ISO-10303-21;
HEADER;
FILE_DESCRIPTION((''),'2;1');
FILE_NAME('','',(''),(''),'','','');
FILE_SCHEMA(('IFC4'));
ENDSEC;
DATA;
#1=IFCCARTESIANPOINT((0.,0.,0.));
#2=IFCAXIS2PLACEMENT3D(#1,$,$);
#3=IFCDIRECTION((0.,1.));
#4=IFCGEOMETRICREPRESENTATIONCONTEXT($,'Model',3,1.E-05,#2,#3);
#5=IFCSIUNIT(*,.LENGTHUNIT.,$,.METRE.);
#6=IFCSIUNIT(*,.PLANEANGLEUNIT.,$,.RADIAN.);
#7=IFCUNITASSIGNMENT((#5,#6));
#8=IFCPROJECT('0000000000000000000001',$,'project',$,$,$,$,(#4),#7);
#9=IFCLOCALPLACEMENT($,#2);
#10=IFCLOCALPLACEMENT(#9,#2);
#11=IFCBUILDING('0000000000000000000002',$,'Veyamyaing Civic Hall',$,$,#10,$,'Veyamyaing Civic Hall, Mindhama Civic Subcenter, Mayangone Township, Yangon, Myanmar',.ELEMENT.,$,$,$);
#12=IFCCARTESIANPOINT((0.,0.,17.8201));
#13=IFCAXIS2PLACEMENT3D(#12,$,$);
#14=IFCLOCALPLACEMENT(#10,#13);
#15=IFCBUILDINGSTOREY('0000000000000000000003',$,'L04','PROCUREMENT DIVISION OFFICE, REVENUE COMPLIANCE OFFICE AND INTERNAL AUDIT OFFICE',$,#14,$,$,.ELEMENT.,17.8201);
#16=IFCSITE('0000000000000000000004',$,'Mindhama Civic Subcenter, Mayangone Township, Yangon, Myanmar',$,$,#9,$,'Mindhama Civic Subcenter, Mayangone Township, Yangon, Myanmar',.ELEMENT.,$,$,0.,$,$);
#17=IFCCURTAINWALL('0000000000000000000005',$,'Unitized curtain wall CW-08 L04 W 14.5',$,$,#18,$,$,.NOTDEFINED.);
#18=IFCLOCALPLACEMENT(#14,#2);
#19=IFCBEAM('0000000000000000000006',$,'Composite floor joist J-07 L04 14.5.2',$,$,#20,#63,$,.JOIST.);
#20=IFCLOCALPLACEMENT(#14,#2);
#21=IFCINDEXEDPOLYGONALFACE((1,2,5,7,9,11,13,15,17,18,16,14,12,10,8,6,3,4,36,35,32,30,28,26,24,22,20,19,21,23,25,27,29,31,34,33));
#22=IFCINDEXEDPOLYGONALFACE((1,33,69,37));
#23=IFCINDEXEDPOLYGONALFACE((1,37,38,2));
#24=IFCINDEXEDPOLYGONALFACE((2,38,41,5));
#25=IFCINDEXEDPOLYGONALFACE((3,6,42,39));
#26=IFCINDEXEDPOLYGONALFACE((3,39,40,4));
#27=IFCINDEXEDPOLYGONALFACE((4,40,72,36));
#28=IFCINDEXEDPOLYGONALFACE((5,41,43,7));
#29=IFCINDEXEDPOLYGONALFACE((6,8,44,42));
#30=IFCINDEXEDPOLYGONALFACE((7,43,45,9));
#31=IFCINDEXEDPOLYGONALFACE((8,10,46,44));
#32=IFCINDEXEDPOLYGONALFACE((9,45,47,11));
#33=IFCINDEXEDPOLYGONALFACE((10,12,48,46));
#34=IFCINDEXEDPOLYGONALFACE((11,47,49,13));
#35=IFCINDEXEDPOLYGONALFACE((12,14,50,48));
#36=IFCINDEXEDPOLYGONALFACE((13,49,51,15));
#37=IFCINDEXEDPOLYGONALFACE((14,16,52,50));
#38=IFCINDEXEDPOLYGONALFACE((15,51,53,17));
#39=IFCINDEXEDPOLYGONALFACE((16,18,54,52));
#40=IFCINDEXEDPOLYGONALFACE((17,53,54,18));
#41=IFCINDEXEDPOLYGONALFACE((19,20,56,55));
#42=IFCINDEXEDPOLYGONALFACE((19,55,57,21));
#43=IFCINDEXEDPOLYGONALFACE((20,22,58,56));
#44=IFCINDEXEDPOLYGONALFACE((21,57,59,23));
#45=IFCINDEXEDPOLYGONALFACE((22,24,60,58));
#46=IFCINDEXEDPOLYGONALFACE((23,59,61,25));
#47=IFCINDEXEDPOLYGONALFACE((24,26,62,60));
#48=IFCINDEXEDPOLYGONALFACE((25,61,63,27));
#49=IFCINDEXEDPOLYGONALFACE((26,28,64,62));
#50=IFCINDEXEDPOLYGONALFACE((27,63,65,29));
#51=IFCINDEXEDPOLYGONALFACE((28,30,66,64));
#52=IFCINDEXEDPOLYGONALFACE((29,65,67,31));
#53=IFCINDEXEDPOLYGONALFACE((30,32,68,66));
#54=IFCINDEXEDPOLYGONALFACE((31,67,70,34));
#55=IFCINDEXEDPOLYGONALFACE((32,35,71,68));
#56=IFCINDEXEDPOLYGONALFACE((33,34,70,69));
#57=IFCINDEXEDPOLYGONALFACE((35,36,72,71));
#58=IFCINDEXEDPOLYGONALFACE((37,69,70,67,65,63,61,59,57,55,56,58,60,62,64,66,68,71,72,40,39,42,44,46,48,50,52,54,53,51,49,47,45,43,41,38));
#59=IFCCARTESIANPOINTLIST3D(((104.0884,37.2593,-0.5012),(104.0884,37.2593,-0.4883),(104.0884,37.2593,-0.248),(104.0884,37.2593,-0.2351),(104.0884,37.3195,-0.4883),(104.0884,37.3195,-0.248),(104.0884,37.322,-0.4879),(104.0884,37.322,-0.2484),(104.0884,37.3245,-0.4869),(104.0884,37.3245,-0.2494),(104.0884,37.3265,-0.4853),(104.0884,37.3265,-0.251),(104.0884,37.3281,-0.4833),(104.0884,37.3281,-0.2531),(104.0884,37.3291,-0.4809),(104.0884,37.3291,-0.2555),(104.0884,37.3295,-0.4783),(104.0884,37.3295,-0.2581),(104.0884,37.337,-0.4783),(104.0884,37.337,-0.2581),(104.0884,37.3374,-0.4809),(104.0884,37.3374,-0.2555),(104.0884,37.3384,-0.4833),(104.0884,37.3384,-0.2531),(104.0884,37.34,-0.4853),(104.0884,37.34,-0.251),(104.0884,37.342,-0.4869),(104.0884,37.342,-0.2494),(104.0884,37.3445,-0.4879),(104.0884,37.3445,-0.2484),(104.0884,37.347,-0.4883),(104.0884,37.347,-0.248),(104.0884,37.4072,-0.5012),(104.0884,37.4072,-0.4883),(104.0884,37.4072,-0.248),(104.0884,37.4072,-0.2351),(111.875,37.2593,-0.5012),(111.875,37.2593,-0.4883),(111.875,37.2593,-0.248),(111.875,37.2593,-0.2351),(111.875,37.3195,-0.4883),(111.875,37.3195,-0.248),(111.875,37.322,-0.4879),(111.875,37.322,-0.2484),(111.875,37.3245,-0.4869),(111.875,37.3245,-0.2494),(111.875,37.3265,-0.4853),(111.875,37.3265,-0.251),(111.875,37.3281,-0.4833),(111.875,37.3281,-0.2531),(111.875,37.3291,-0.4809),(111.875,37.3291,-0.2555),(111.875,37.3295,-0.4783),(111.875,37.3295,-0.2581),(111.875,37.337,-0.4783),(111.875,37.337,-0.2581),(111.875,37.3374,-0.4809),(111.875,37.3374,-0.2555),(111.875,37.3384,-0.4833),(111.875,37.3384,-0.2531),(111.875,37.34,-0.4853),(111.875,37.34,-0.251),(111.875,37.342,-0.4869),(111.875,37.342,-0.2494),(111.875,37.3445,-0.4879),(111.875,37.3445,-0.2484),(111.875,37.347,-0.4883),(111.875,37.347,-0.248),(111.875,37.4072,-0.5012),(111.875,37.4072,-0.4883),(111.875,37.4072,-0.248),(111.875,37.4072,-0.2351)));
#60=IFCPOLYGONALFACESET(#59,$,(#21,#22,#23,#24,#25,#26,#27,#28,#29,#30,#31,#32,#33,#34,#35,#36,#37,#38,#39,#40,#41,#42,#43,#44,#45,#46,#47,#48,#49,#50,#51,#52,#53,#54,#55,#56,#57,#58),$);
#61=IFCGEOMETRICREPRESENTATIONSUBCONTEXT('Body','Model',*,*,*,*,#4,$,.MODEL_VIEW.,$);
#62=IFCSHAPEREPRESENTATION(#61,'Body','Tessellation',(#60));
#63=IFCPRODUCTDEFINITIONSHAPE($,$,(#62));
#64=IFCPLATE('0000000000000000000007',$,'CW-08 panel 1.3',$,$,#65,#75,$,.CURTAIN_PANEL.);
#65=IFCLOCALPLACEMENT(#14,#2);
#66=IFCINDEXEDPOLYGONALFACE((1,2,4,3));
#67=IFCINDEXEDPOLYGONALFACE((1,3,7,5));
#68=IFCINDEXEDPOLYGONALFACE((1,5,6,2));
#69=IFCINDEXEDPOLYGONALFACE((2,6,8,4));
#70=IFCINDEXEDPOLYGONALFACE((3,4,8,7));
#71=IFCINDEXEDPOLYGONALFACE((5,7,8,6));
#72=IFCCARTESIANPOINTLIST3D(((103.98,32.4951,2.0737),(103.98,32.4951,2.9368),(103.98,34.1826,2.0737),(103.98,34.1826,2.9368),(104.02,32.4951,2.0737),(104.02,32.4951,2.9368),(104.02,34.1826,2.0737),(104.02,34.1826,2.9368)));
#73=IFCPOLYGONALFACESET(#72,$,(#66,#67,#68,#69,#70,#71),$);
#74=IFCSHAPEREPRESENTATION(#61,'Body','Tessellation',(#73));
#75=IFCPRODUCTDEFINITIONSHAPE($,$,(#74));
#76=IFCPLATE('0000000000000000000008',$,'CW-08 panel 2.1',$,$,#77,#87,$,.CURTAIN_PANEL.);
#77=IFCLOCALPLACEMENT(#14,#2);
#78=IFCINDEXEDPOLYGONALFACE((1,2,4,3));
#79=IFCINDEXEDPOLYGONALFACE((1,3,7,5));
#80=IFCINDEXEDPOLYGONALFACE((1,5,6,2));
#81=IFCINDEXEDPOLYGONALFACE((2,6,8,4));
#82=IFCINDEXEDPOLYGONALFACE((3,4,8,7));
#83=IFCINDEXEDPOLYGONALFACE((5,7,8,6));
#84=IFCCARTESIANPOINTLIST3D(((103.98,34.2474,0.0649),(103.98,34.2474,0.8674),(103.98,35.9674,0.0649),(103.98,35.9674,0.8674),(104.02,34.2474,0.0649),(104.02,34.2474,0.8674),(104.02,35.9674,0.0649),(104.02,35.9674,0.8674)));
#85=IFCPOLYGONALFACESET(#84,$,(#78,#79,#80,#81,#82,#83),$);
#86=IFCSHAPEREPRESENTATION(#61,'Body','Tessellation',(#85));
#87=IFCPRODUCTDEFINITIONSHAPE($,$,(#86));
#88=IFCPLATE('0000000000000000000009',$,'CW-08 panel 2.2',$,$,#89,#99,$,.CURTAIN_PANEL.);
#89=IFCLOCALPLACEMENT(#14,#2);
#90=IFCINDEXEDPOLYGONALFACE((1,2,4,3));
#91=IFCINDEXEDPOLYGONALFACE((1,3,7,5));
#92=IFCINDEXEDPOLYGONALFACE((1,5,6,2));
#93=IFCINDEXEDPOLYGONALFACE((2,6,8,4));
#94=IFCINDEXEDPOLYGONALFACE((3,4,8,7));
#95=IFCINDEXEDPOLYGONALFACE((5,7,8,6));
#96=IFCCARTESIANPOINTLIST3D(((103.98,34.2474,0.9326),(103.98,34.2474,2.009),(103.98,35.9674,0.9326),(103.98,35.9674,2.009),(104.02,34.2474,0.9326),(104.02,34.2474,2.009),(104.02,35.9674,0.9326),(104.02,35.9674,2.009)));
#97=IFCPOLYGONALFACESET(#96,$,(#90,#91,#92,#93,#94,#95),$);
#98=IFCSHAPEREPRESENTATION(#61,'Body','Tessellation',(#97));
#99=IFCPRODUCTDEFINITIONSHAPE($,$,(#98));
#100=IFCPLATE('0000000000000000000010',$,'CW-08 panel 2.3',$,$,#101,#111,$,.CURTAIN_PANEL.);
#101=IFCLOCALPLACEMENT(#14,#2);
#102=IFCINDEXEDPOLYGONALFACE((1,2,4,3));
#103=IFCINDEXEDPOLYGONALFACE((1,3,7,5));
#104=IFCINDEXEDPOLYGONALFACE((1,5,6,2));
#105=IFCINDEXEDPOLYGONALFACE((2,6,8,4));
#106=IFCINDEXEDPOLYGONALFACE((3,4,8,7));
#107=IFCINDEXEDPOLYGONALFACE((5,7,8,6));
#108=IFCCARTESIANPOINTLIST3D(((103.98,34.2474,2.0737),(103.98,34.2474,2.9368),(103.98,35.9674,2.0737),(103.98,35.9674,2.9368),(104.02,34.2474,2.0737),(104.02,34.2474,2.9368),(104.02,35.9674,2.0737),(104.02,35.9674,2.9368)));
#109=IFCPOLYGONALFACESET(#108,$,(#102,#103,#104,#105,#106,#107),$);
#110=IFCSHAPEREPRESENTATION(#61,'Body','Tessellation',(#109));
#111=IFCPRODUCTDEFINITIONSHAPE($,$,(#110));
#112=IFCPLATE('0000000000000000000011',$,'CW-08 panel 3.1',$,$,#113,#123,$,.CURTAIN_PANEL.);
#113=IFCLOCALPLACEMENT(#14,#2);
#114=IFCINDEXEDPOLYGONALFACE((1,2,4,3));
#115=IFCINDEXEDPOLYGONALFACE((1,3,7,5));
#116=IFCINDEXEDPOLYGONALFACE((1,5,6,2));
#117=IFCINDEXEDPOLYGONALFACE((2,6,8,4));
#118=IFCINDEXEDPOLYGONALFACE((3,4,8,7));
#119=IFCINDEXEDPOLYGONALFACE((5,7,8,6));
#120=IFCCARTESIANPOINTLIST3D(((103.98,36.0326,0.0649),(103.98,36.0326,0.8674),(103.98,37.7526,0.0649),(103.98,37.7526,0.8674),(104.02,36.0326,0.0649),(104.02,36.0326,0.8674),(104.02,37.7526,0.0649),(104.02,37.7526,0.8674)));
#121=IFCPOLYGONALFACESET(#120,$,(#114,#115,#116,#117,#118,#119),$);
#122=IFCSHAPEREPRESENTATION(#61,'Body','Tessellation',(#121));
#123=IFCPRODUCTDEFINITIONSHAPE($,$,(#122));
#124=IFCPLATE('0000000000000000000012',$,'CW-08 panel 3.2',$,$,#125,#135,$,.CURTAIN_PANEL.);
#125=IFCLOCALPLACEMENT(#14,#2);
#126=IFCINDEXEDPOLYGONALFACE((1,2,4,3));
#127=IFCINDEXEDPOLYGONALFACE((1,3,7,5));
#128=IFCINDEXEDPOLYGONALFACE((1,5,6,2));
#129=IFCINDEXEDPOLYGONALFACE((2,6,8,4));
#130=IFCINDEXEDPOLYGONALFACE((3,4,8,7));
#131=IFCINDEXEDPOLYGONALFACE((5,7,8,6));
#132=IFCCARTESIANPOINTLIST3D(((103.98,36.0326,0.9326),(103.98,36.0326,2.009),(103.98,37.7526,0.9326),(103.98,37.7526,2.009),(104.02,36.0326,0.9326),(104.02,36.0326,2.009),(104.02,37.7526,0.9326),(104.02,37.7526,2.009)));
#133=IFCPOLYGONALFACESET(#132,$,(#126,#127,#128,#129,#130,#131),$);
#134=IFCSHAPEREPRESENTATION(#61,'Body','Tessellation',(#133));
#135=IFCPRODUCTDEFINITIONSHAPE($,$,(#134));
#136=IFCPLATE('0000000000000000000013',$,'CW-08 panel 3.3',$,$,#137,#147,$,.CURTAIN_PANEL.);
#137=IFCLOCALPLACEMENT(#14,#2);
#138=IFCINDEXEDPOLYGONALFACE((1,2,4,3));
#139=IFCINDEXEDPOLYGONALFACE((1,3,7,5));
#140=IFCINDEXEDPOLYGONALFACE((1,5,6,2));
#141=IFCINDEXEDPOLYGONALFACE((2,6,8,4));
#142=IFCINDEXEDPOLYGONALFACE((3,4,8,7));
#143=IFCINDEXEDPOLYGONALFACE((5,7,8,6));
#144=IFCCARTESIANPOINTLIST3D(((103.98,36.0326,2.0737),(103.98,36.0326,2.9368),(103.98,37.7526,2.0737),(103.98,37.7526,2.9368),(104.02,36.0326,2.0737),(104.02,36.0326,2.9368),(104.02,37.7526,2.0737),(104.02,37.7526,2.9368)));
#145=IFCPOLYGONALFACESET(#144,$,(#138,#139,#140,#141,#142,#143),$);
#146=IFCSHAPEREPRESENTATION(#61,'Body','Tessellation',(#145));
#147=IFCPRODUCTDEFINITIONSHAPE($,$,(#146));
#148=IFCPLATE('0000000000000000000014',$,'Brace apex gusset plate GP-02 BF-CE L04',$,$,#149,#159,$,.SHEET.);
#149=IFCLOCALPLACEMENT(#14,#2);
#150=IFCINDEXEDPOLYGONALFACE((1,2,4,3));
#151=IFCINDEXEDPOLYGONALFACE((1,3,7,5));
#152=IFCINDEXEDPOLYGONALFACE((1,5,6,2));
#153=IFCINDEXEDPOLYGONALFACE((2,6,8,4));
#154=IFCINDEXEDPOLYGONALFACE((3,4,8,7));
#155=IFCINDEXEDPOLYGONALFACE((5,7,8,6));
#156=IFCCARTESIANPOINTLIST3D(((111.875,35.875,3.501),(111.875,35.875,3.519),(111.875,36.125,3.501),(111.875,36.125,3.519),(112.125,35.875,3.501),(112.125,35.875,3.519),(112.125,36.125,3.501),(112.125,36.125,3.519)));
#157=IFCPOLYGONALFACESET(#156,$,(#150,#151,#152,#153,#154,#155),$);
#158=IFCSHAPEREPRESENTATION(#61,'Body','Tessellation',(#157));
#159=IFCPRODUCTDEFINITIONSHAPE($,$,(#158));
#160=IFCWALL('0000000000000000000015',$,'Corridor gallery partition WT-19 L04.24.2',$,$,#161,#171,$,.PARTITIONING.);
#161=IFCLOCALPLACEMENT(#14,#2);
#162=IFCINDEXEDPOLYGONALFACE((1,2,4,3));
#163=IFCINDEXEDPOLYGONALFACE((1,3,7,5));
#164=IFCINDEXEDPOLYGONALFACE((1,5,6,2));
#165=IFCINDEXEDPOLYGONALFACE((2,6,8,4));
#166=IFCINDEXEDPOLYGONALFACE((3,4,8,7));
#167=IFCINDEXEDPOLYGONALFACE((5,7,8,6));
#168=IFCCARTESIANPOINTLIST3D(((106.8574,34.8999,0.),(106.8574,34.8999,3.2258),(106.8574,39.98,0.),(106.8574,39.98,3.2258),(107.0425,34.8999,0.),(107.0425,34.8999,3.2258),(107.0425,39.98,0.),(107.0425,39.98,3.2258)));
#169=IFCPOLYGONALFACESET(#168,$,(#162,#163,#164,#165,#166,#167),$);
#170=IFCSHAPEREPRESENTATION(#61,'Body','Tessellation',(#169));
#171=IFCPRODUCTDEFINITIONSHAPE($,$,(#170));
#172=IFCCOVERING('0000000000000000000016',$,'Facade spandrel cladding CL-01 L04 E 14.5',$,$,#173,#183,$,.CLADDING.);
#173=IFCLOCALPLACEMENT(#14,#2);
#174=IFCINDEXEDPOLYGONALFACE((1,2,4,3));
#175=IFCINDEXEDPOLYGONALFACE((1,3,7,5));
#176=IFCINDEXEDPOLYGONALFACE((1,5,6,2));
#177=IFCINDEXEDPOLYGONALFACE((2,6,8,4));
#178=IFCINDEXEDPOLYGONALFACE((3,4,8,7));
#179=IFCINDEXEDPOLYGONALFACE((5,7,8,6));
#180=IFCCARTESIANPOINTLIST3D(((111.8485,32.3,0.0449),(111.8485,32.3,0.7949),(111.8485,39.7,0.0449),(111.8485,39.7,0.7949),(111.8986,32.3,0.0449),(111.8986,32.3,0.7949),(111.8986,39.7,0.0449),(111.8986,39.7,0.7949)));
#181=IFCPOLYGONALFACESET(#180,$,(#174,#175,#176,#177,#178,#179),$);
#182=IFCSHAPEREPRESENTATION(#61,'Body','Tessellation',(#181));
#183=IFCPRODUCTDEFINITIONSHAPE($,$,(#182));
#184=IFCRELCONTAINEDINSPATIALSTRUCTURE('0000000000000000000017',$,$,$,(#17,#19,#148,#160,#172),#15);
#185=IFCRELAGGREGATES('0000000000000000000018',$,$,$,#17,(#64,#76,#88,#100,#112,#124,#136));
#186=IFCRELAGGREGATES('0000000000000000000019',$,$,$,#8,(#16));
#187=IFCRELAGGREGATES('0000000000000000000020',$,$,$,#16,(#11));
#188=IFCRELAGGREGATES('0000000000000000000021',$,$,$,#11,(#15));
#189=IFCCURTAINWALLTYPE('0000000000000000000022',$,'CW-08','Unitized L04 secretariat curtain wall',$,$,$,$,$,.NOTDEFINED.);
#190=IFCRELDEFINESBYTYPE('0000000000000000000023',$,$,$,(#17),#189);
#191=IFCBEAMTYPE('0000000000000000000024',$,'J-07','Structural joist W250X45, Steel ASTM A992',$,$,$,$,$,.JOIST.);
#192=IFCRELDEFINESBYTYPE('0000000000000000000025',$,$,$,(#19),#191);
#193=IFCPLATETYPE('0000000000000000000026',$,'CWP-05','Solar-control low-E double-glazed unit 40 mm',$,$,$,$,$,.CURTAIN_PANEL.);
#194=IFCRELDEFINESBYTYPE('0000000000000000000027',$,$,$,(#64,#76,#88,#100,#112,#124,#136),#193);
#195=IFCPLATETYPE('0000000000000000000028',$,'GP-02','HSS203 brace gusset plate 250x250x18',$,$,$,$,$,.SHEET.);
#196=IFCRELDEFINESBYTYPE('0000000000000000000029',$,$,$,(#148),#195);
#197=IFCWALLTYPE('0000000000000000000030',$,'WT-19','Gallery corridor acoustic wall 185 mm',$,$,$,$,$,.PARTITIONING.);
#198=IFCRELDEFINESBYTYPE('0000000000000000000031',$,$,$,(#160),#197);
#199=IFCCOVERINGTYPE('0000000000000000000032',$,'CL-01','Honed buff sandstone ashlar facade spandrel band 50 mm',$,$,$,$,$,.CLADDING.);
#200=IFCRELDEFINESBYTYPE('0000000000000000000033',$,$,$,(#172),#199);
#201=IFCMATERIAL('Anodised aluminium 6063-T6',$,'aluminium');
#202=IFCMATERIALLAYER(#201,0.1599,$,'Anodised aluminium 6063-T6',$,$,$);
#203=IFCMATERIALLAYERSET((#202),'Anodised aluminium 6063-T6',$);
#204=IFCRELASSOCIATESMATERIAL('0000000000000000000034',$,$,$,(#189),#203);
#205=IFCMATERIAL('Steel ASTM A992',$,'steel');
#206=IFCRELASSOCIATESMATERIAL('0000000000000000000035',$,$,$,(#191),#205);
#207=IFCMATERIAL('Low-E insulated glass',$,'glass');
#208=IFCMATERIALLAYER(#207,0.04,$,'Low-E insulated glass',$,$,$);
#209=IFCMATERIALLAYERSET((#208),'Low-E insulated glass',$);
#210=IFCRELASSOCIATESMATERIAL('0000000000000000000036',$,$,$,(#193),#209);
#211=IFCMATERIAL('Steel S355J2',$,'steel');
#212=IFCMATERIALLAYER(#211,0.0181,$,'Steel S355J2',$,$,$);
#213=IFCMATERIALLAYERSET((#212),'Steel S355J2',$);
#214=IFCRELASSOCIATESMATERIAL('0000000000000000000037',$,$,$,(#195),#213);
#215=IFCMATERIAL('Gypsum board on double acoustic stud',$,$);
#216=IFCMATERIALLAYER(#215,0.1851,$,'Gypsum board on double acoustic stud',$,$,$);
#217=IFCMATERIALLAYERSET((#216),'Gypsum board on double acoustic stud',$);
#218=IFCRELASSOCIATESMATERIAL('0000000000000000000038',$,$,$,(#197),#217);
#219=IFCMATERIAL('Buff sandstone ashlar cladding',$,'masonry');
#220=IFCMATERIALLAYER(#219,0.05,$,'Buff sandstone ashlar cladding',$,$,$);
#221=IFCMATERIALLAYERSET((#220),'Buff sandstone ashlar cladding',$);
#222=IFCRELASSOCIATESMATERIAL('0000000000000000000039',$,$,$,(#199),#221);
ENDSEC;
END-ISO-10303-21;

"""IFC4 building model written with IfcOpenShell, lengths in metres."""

from ifc_helpers import new_model, si_unit, direction, frame, frame_2d, origin, origin_2d, place, context, subcontext, project, spatial, rectangle, i_section, extrude, material, layer, layer_set, material_profile, profile_set, type_object, element, aggregate, save


model = new_model("IFC4")

# Units and contexts
model_context = context("Model", 3, precision=1e-05, world=origin(), true_north=direction((0.0, 1.0)))
body_context = subcontext(model_context, "Body", "Model", "MODEL_VIEW")
ifc_project = project(units=[si_unit("LENGTHUNIT", "METRE"), si_unit("PLANEANGLEUNIT", "RADIAN")], contexts=[model_context])

# Site, building, storey
site_placement = place(None, origin())
site = spatial("IfcSite", under=ifc_project, at=site_placement, Name="Mindhama Civic Subcenter, Mayangone Township, Yangon, Myanmar", LongName="Mindhama Civic Subcenter, Mayangone Township, Yangon, Myanmar", CompositionType="ELEMENT", RefElevation=0.0)
building_placement = place(site_placement, origin())
building = spatial("IfcBuilding", under=site, at=building_placement, Name="Veyamyaing Civic Hall", LongName="Veyamyaing Civic Hall, Mindhama Civic Subcenter, Mayangone Township, Yangon, Myanmar", CompositionType="ELEMENT")
storey_placement = place(building_placement, frame((0.0, 0.0, 17.8201)))
storey = spatial("IfcBuildingStorey", under=building, at=storey_placement, Name="L04", Description="PROCUREMENT DIVISION OFFICE, REVENUE COMPLIANCE OFFICE AND INTERNAL AUDIT OFFICE", CompositionType="ELEMENT", Elevation=17.8201)

# Curtain wall
ifc_material_1 = material(Name="Anodised aluminium 6063-T6", Category="aluminium")
ifc_layer_1 = layer(ifc_material_1, 0.1599, Name="Anodised aluminium 6063-T6")
ifc_layer_set_1 = layer_set([ifc_layer_1], Name="Anodised aluminium 6063-T6")
curtain_wall_type = type_object("IfcCurtainWallType", Name="CW-08", Description="Unitized L04 secretariat curtain wall", PredefinedType="NOTDEFINED", material=ifc_layer_set_1)
curtain_wall_placement = place(storey_placement, origin())
curtain_wall = element("IfcCurtainWall", 1, at=curtain_wall_placement, inside=storey, type_object=curtain_wall_type, Name="Unitized curtain wall CW-08 L04 W 14.5", PredefinedType="NOTDEFINED")

# Beam
ifc_material_2 = material(Name="Steel ASTM A992", Category="steel")
ifc_material_profile_1 = material_profile(ifc_material_2, i_section(OverallWidth=0.1479, OverallDepth=0.2661, WebThickness=0.0076, FlangeThickness=0.0129, FilletRadius=0.01, at=origin_2d()), Name="W250X45")
ifc_profile_set_1 = profile_set([ifc_material_profile_1], Name="Steel ASTM A992")
beam_type = type_object("IfcBeamType", Name="J-07", Description="Structural joist W250X45, Steel ASTM A992", PredefinedType="JOIST", material=ifc_profile_set_1)
for number, where, z_axis, x_axis, name in (
    (2, (104.0884, 37.3333, -0.3682), (1.0, 0.0, 0.0), (0.0, 1.0, 0.0), "Composite floor joist J-07 L04 14.5.2"),
):
    element("IfcBeam", number, at=place(storey_placement, frame(where, z_axis=z_axis, x_axis=x_axis)), inside=storey, type_object=beam_type, Name=name, PredefinedType="JOIST", context=body_context, shape_type="SweptSolid", body=[
        extrude(i_section(OverallWidth=0.1479, OverallDepth=0.2661, WebThickness=0.0076, FlangeThickness=0.0129, FilletRadius=0.01, at=origin_2d()), origin(), (0.0, 0.0, 1.0), 7.7866),
    ])

# Plates
ifc_material_3 = material(Name="Low-E insulated glass", Category="glass")
ifc_layer_2 = layer(ifc_material_3, 0.04, Name="Low-E insulated glass")
ifc_layer_set_2 = layer_set([ifc_layer_2], Name="Low-E insulated glass")
plate_type_1 = type_object("IfcPlateType", Name="CWP-05", Description="Solar-control low-E double-glazed unit 40 mm", PredefinedType="CURTAIN_PANEL", material=ifc_layer_set_2)
plate_1_placement = place(storey_placement, frame((104.0, 33.3389, 2.0737), z_axis=(0.0, 0.0, 1.0), x_axis=(0.0, 1.0, 0.0)))
plate_1 = element("IfcPlate", 3, at=plate_1_placement, type_object=plate_type_1, Name="CW-08 panel 1.3", PredefinedType="CURTAIN_PANEL", context=body_context, shape_type="SweptSolid", body=[
    extrude(rectangle(XDim=1.6875, YDim=0.04, at=origin_2d()), origin(), (0.0, 0.0, 1.0), 0.863),
])
plate_2_placement = place(storey_placement, frame((104.0, 35.1074, 0.0649), z_axis=(0.0, 0.0, 1.0), x_axis=(0.0, 1.0, 0.0)))
plate_2 = element("IfcPlate", 4, at=plate_2_placement, type_object=plate_type_1, Name="CW-08 panel 2.1", PredefinedType="CURTAIN_PANEL", context=body_context, shape_type="SweptSolid", body=[
    extrude(rectangle(XDim=1.72, YDim=0.04, at=origin_2d()), origin(), (0.0, 0.0, 1.0), 0.8025),
])
plate_3_placement = place(storey_placement, frame((104.0, 35.1074, 0.9326), z_axis=(0.0, 0.0, 1.0), x_axis=(0.0, 1.0, 0.0)))
plate_3 = element("IfcPlate", 5, at=plate_3_placement, type_object=plate_type_1, Name="CW-08 panel 2.2", PredefinedType="CURTAIN_PANEL", context=body_context, shape_type="SweptSolid", body=[
    extrude(rectangle(XDim=1.72, YDim=0.04, at=origin_2d()), origin(), (0.0, 0.0, 1.0), 1.0764),
])
plate_4_placement = place(storey_placement, frame((104.0, 35.1074, 2.0737), z_axis=(0.0, 0.0, 1.0), x_axis=(0.0, 1.0, 0.0)))
plate_4 = element("IfcPlate", 6, at=plate_4_placement, type_object=plate_type_1, Name="CW-08 panel 2.3", PredefinedType="CURTAIN_PANEL", context=body_context, shape_type="SweptSolid", body=[
    extrude(rectangle(XDim=1.72, YDim=0.04, at=origin_2d()), origin(), (0.0, 0.0, 1.0), 0.863),
])
plate_5_placement = place(storey_placement, frame((104.0, 36.8926, 0.0649), z_axis=(0.0, 0.0, 1.0), x_axis=(0.0, 1.0, 0.0)))
plate_5 = element("IfcPlate", 7, at=plate_5_placement, type_object=plate_type_1, Name="CW-08 panel 3.1", PredefinedType="CURTAIN_PANEL", context=body_context, shape_type="SweptSolid", body=[
    extrude(rectangle(XDim=1.72, YDim=0.04, at=origin_2d()), origin(), (0.0, 0.0, 1.0), 0.8025),
])
plate_6_placement = place(storey_placement, frame((104.0, 36.8926, 0.9326), z_axis=(0.0, 0.0, 1.0), x_axis=(0.0, 1.0, 0.0)))
plate_6 = element("IfcPlate", 8, at=plate_6_placement, type_object=plate_type_1, Name="CW-08 panel 3.2", PredefinedType="CURTAIN_PANEL", context=body_context, shape_type="SweptSolid", body=[
    extrude(rectangle(XDim=1.72, YDim=0.04, at=origin_2d()), origin(), (0.0, 0.0, 1.0), 1.0764),
])
plate_7_placement = place(storey_placement, frame((104.0, 36.8926, 2.0737), z_axis=(0.0, 0.0, 1.0), x_axis=(0.0, 1.0, 0.0)))
plate_7 = element("IfcPlate", 9, at=plate_7_placement, type_object=plate_type_1, Name="CW-08 panel 3.3", PredefinedType="CURTAIN_PANEL", context=body_context, shape_type="SweptSolid", body=[
    extrude(rectangle(XDim=1.72, YDim=0.04, at=origin_2d()), origin(), (0.0, 0.0, 1.0), 0.863),
])
aggregate(curtain_wall, [plate_1, plate_2, plate_3, plate_4, plate_5, plate_6, plate_7])
ifc_material_4 = material(Name="Steel S355J2", Category="steel")
ifc_layer_3 = layer(ifc_material_4, 0.0181, Name="Steel S355J2")
ifc_layer_set_3 = layer_set([ifc_layer_3], Name="Steel S355J2")
plate_type_2 = type_object("IfcPlateType", Name="GP-02", Description="HSS203 brace gusset plate 250x250x18", PredefinedType="SHEET", material=ifc_layer_set_3)
plate_8_placement = place(storey_placement, frame((112.0, 36.0, 3.501), z_axis=(0.0, 0.0, 1.0), x_axis=(1.0, 0.0, 0.0)))
element("IfcPlate", 10, at=plate_8_placement, inside=storey, type_object=plate_type_2, Name="Brace apex gusset plate GP-02 BF-CE L04", PredefinedType="SHEET", context=body_context, shape_type="SweptSolid", body=[
    extrude(rectangle(XDim=0.25, YDim=0.25, at=origin_2d()), origin(), (0.0, 0.0, 1.0), 0.0181),
])

# Shared definitions
ifc_material_5 = material(Name="Gypsum board on double acoustic stud")
ifc_layer_4 = layer(ifc_material_5, 0.1851, Name="Gypsum board on double acoustic stud")
ifc_layer_set_4 = layer_set([ifc_layer_4], Name="Gypsum board on double acoustic stud")
wall_type = type_object("IfcWallType", Name="WT-19", Description="Gallery corridor acoustic wall 185 mm", PredefinedType="PARTITIONING", material=ifc_layer_set_4)

# Wall
wall_1_placement = place(storey_placement, frame((106.95, 34.8999, 0.0), z_axis=(0.0, 0.0, 1.0), x_axis=(0.0, 1.0, 0.0)))
element("IfcWall", 11, at=wall_1_placement, inside=storey, type_object=wall_type, Name="Corridor gallery partition WT-19 L04.24.2", PredefinedType="PARTITIONING", context=body_context, shape_type="SweptSolid", body=[
    extrude(rectangle(XDim=5.0801, YDim=0.1851, at=frame_2d((2.54, 0.0))), origin(), (0.0, 0.0, 1.0), 3.2258),
])

# Covering
ifc_material_6 = material(Name="Buff sandstone ashlar cladding", Category="masonry")
ifc_layer_5 = layer(ifc_material_6, 0.05, Name="Buff sandstone ashlar cladding")
ifc_layer_set_5 = layer_set([ifc_layer_5], Name="Buff sandstone ashlar cladding")
covering_type_1 = type_object("IfcCoveringType", Name="CL-01", Description="Honed buff sandstone ashlar facade spandrel band 50 mm", PredefinedType="CLADDING", material=ifc_layer_set_5)
covering_placement = place(storey_placement, frame((111.8735, 36.0, 0.0449), z_axis=(0.0, 0.0, 1.0), x_axis=(0.0, 1.0, 0.0)))
element("IfcCovering", 12, at=covering_placement, inside=storey, type_object=covering_type_1, Name="Facade spandrel cladding CL-01 L04 E 14.5", PredefinedType="CLADDING", context=body_context, shape_type="SweptSolid", body=[
    extrude(rectangle(XDim=7.3999, YDim=0.05, at=origin_2d()), origin(), (0.0, 0.0, 1.0), 0.75),
])

save(model, "model.ifc")
